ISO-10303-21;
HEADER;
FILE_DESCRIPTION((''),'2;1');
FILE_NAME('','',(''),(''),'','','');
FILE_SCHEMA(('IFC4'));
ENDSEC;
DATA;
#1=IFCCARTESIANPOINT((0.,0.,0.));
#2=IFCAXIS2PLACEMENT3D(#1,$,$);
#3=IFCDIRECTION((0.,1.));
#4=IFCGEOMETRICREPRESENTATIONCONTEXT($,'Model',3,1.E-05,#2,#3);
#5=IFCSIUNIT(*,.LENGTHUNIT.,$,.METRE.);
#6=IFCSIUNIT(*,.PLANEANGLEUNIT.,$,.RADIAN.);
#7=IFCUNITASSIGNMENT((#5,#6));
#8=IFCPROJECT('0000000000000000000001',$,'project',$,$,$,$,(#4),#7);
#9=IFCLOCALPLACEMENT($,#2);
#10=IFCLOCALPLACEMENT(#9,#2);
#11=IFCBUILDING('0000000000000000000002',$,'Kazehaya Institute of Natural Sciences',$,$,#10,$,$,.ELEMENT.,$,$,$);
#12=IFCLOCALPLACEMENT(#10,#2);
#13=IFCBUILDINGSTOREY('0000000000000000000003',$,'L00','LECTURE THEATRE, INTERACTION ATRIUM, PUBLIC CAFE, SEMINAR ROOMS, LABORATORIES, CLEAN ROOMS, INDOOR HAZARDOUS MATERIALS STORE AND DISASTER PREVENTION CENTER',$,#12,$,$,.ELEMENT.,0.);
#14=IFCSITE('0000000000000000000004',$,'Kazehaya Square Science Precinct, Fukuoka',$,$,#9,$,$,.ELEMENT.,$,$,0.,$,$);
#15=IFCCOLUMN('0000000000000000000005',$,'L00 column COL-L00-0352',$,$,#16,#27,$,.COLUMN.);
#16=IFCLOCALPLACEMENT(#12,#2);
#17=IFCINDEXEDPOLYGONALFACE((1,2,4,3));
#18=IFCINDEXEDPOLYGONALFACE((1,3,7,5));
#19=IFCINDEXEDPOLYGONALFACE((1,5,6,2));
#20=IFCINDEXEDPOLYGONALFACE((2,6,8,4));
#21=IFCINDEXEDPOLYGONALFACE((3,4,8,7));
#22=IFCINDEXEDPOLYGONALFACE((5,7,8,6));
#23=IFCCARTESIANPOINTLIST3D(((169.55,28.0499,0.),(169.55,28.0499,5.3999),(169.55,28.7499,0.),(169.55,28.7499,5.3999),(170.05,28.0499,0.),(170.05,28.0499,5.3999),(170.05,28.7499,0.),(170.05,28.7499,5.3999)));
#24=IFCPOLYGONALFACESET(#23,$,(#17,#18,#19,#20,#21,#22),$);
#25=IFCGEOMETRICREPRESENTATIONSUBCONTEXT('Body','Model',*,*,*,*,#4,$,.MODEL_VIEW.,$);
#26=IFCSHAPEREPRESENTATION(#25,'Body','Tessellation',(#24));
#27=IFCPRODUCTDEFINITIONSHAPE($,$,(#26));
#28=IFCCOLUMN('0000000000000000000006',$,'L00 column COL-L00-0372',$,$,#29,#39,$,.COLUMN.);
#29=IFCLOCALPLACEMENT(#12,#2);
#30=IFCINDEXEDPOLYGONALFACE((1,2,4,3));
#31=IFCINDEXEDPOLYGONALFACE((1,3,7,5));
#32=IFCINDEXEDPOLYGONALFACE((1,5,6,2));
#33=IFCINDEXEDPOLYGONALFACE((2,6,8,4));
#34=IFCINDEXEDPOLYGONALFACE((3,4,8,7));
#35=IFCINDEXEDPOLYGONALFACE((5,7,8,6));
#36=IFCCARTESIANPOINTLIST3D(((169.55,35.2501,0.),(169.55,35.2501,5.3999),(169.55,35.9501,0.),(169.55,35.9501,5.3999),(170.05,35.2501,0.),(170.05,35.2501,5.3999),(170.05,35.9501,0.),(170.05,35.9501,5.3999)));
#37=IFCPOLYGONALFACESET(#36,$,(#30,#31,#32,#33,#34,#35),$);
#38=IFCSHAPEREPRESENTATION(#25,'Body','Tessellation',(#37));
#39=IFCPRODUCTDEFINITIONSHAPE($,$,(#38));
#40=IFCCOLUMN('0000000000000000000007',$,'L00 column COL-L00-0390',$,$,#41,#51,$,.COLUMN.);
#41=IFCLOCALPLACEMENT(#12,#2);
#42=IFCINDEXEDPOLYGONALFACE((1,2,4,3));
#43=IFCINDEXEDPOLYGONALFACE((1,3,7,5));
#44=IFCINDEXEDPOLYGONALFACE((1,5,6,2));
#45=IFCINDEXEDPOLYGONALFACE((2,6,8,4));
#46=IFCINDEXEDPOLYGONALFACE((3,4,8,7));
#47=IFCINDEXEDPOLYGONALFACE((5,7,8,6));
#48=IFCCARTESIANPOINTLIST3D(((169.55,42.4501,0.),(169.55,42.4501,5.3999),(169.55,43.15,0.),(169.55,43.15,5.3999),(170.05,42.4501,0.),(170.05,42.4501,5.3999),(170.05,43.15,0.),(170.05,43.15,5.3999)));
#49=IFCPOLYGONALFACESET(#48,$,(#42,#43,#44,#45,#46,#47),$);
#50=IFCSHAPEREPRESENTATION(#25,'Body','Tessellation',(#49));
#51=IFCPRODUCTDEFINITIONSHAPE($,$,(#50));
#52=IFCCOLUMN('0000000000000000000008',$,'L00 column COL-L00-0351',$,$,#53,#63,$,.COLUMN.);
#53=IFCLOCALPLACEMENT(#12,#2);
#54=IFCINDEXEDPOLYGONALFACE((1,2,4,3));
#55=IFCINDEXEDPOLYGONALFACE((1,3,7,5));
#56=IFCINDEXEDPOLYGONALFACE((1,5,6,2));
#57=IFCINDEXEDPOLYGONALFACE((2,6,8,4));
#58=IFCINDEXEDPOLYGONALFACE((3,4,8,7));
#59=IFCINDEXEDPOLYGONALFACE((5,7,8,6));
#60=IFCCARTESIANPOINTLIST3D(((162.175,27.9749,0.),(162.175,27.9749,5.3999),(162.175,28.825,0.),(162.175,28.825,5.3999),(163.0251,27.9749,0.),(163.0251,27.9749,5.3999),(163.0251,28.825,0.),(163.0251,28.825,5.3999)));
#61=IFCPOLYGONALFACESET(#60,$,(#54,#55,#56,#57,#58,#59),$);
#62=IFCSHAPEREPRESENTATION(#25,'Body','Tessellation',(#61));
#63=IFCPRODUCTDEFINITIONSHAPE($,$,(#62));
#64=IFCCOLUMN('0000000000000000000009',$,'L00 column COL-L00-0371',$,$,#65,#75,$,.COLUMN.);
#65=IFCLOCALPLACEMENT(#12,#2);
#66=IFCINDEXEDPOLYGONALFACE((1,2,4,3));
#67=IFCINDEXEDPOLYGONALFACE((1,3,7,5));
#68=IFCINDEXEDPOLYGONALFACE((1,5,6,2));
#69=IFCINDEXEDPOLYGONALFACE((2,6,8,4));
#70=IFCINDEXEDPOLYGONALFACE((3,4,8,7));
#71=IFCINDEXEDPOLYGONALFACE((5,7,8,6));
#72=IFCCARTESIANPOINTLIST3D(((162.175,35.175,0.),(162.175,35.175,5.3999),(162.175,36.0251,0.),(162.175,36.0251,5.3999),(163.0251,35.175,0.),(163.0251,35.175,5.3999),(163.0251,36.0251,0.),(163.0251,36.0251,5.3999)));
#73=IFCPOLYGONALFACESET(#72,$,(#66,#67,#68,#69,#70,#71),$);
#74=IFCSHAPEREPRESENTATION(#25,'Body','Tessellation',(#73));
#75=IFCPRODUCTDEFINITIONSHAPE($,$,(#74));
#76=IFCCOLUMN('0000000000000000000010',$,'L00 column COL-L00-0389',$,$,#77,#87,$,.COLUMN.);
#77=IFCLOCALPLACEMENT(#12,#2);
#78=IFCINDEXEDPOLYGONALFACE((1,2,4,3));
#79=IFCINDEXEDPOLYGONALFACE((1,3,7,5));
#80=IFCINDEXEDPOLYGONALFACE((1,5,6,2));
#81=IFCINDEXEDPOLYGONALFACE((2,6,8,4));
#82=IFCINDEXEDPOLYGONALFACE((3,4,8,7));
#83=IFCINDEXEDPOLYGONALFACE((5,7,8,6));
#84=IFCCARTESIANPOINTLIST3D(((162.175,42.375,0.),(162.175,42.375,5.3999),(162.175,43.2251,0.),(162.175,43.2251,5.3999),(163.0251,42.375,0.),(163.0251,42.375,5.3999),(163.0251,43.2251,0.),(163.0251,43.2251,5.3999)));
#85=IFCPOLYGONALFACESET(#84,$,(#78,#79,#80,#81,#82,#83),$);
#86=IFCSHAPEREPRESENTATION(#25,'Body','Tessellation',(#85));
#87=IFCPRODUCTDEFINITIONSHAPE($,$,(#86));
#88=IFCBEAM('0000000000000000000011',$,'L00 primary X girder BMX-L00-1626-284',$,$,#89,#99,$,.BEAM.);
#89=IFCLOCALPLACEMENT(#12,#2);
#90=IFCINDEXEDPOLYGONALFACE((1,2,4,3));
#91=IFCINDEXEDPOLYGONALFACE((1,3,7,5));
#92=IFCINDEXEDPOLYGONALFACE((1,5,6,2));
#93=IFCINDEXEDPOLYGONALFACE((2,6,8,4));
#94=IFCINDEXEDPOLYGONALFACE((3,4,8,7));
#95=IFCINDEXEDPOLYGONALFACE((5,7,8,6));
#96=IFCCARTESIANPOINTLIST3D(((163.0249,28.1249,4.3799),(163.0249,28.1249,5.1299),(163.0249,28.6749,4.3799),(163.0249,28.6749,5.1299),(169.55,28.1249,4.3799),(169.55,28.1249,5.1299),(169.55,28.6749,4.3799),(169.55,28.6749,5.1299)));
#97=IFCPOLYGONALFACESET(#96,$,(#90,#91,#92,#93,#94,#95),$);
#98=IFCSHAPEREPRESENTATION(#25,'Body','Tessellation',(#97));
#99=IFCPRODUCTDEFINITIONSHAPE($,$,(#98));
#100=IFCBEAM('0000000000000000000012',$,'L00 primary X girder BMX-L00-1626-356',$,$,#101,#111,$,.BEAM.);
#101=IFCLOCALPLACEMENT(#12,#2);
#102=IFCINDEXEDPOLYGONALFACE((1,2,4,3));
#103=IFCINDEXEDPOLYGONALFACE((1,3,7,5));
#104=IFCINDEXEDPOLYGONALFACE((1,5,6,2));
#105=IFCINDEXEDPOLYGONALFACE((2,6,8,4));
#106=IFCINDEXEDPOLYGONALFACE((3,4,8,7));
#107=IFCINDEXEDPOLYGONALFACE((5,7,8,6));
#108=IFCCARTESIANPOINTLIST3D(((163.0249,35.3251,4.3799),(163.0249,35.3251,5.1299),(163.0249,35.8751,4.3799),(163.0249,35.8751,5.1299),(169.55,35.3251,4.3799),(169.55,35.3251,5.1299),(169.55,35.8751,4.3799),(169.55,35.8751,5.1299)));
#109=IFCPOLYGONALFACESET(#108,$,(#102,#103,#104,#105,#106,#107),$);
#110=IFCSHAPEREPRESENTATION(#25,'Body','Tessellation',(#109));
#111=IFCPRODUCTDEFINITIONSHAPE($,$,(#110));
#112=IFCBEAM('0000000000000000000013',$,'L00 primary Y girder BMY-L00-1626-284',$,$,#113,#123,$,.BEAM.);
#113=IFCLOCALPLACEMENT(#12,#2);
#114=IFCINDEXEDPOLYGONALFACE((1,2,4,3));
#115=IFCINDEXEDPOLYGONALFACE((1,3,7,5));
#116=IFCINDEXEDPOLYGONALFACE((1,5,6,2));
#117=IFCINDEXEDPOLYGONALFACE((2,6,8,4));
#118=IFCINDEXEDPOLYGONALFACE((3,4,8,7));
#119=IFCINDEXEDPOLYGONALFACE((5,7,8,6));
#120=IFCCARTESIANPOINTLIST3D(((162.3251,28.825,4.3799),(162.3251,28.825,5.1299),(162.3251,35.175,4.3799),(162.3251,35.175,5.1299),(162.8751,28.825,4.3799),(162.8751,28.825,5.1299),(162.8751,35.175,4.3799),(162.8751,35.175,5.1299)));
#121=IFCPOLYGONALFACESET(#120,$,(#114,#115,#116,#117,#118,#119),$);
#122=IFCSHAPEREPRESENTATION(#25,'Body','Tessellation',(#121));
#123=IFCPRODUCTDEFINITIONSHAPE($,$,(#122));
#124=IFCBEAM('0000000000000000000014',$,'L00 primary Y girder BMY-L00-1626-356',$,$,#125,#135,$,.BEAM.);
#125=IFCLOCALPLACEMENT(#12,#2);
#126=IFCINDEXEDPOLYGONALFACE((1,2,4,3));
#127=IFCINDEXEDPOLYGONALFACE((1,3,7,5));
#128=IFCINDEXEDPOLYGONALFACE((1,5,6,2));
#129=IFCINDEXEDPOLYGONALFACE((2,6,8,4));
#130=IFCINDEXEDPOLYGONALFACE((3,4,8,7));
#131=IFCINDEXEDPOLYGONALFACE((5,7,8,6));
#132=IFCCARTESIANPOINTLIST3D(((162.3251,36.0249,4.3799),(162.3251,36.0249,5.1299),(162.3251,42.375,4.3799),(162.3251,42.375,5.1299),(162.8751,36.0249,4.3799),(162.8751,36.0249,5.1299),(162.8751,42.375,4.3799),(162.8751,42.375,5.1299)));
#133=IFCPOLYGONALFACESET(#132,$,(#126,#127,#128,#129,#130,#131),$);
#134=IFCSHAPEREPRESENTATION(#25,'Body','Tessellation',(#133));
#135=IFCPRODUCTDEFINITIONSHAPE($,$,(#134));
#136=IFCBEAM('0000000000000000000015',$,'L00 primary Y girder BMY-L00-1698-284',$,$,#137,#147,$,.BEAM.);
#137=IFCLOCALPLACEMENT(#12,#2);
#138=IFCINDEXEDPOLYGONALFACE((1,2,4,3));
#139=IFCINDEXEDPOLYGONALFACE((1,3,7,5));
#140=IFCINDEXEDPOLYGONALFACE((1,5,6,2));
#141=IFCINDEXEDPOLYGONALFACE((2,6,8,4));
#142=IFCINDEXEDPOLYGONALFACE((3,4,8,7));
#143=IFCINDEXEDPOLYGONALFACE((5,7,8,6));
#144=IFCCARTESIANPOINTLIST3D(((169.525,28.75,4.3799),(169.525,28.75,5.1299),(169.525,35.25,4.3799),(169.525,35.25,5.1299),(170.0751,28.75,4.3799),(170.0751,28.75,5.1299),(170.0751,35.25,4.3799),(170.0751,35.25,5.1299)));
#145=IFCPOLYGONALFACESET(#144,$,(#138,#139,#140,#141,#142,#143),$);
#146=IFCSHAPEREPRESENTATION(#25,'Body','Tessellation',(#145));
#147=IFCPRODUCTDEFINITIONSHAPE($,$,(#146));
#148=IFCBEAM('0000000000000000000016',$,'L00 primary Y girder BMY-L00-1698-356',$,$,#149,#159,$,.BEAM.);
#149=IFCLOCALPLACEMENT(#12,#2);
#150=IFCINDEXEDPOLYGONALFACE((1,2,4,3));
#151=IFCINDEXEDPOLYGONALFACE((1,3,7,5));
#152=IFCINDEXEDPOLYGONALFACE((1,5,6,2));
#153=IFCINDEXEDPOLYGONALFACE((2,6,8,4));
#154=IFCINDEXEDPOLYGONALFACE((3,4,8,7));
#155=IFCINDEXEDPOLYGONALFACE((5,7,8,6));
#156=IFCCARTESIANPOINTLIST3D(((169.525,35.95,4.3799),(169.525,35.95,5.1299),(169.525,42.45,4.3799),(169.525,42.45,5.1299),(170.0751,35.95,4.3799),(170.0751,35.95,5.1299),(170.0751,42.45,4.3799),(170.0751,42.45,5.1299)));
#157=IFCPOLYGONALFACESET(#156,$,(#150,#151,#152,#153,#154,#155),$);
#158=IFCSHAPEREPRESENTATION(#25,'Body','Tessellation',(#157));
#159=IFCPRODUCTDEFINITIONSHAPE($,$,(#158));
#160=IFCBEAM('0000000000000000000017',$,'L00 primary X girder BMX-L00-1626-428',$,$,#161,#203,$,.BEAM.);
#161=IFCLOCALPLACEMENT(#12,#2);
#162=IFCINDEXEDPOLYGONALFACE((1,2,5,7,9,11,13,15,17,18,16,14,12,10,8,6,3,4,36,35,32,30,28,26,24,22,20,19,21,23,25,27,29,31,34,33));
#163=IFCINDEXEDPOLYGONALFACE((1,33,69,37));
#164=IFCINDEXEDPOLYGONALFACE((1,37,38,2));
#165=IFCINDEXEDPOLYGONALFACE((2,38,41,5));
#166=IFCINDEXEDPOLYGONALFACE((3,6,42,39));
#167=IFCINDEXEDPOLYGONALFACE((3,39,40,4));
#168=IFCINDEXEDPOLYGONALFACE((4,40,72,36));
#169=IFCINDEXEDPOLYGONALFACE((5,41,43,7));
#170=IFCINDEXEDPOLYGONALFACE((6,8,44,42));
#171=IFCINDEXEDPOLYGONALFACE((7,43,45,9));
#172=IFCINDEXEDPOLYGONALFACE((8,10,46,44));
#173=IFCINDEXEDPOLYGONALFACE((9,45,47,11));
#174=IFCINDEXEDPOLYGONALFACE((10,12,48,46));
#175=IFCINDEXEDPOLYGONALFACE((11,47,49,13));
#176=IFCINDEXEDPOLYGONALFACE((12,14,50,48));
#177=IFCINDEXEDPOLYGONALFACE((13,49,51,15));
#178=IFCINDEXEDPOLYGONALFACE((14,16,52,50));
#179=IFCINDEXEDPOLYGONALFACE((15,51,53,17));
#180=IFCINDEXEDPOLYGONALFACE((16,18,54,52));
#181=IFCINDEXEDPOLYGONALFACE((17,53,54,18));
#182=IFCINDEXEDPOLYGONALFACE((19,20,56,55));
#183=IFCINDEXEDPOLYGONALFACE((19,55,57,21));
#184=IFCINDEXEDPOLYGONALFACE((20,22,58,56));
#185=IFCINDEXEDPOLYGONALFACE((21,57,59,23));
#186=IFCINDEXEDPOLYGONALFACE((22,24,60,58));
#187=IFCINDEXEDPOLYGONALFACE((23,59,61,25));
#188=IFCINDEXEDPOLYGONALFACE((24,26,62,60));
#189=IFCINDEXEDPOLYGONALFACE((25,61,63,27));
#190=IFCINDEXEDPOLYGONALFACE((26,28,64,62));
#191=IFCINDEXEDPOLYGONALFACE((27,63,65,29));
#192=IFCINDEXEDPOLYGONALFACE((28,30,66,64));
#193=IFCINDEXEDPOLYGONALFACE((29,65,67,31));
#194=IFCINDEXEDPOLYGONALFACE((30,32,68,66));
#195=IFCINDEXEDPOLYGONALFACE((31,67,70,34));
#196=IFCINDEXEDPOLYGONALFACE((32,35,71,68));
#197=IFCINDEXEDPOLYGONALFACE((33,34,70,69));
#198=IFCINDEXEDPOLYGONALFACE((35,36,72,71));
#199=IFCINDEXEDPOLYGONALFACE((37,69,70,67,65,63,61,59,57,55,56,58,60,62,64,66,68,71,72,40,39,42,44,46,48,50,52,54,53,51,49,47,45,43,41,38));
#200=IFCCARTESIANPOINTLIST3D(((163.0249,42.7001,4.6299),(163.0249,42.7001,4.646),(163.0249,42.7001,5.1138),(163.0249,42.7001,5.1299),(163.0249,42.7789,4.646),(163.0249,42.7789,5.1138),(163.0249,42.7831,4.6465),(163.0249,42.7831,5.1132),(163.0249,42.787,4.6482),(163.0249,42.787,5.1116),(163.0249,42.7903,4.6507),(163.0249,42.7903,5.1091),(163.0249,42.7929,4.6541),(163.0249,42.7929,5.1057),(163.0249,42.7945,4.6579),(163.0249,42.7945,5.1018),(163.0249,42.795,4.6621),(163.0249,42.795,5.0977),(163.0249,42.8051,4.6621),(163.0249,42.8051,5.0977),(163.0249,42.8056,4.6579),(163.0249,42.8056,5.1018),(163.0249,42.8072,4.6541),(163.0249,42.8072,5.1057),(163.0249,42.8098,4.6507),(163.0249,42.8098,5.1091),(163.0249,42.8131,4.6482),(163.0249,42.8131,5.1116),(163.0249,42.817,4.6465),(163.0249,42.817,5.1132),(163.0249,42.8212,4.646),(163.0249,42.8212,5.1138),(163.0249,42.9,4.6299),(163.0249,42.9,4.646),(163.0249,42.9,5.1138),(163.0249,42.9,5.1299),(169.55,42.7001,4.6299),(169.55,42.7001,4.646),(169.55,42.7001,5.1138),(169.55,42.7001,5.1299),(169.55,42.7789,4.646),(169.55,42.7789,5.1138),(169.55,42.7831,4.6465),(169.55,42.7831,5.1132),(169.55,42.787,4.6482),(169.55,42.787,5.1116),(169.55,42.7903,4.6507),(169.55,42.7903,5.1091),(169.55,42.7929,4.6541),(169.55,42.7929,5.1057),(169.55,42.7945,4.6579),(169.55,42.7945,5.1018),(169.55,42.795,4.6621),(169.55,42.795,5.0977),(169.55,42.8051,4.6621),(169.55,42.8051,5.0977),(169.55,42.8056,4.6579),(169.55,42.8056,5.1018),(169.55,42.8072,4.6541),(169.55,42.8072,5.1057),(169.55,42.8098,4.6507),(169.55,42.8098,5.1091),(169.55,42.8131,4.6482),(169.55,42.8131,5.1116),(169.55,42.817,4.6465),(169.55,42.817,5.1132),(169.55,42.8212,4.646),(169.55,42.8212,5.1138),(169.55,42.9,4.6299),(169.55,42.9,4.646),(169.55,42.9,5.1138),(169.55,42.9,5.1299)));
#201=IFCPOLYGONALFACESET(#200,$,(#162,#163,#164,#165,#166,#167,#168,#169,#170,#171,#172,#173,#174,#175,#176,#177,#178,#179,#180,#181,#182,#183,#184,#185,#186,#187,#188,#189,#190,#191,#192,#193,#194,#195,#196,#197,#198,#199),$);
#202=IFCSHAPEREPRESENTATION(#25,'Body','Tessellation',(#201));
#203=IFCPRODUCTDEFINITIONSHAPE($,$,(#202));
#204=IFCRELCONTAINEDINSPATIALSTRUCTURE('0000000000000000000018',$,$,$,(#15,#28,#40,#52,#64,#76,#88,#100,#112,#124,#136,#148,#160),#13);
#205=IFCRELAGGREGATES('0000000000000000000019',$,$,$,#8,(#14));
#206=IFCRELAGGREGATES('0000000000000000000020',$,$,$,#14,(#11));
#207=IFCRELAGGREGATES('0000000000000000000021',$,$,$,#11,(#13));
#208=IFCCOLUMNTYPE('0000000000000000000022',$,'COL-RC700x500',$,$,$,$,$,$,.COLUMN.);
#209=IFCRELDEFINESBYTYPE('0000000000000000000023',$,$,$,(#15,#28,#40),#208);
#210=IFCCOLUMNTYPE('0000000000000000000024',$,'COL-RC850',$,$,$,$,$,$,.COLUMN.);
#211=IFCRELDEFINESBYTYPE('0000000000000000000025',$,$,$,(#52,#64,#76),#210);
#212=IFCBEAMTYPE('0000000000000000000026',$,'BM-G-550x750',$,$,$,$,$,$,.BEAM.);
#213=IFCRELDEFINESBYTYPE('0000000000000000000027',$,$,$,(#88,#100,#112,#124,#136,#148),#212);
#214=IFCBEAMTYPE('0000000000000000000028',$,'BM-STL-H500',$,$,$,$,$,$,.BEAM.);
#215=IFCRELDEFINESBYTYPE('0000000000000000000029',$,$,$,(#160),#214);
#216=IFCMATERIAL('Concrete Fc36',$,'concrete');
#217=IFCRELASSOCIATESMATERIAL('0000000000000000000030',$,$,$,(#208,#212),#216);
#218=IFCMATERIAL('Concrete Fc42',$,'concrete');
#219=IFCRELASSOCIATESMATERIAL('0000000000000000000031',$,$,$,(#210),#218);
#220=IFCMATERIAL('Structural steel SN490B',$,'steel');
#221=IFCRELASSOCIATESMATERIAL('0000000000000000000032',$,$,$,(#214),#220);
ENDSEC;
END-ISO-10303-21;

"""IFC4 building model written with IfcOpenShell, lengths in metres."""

from ifc_helpers import new_model, si_unit, direction, frame, origin, origin_2d, place, context, subcontext, project, spatial, rectangle, i_section, extrude, material, material_profile, profile_set, type_object, element, save


model = new_model("IFC4")

# Units and contexts
model_context = context("Model", 3, precision=1e-05, world=origin(), true_north=direction((0.0, 1.0)))
body_context = subcontext(model_context, "Body", "Model", "MODEL_VIEW")
ifc_project = project(units=[si_unit("LENGTHUNIT", "METRE"), si_unit("PLANEANGLEUNIT", "RADIAN")], contexts=[model_context])

# Site, building, storey
site_placement = place(None, origin())
site = spatial("IfcSite", under=ifc_project, at=site_placement, Name="Kazehaya Square Science Precinct, Fukuoka", CompositionType="ELEMENT", RefElevation=0.0)
building_placement = place(site_placement, origin())
building = spatial("IfcBuilding", under=site, at=building_placement, Name="Kazehaya Institute of Natural Sciences", CompositionType="ELEMENT")
storey_placement = place(building_placement, origin())
storey = spatial("IfcBuildingStorey", under=building, at=storey_placement, Name="L00", Description="LECTURE THEATRE, INTERACTION ATRIUM, PUBLIC CAFE, SEMINAR ROOMS, LABORATORIES, CLEAN ROOMS, INDOOR HAZARDOUS MATERIALS STORE AND DISASTER PREVENTION CENTER", CompositionType="ELEMENT", Elevation=0.0)

# Columns
ifc_material_1 = material(Name="Concrete Fc36", Category="concrete")
ifc_material_profile_1 = material_profile(ifc_material_1, rectangle(XDim=0.5, YDim=0.7, at=origin_2d()), Name="RC-700x500")
ifc_profile_set_1 = profile_set([ifc_material_profile_1], Name="Concrete Fc36")
column_type_1 = type_object("IfcColumnType", Name="COL-RC700x500", PredefinedType="COLUMN", material=ifc_profile_set_1)
for number, where, z_axis, x_axis, name in (
    (1, (169.8, 28.3999, 0.0), (0.0, 0.0, 1.0), (1.0, 0.0, 0.0), "L00 column COL-L00-0352"),
    (2, (169.8, 35.6001, 0.0), (0.0, 0.0, 1.0), (1.0, 0.0, 0.0), "L00 column COL-L00-0372"),
    (3, (169.8, 42.8, 0.0), (0.0, 0.0, 1.0), (1.0, 0.0, 0.0), "L00 column COL-L00-0390"),
):
    element("IfcColumn", number, at=place(storey_placement, frame(where, z_axis=z_axis, x_axis=x_axis)), inside=storey, type_object=column_type_1, Name=name, PredefinedType="COLUMN", context=body_context, shape_type="SweptSolid", body=[
        extrude(rectangle(XDim=0.5, YDim=0.7, at=origin_2d()), origin(), (0.0, 0.0, 1.0), 5.3999),
    ])
ifc_material_2 = material(Name="Concrete Fc42", Category="concrete")
ifc_material_profile_2 = material_profile(ifc_material_2, rectangle(XDim=0.8501, YDim=0.8501, at=origin_2d()), Name="RC-850x850")
ifc_profile_set_2 = profile_set([ifc_material_profile_2], Name="Concrete Fc42")
column_type_2 = type_object("IfcColumnType", Name="COL-RC850", PredefinedType="COLUMN", material=ifc_profile_set_2)
for number, where, z_axis, x_axis, name in (
    (4, (162.6001, 28.3999, 0.0), (0.0, 0.0, 1.0), (1.0, 0.0, 0.0), "L00 column COL-L00-0351"),
    (5, (162.6001, 35.6001, 0.0), (0.0, 0.0, 1.0), (1.0, 0.0, 0.0), "L00 column COL-L00-0371"),
    (6, (162.6001, 42.8, 0.0), (0.0, 0.0, 1.0), (1.0, 0.0, 0.0), "L00 column COL-L00-0389"),
):
    element("IfcColumn", number, at=place(storey_placement, frame(where, z_axis=z_axis, x_axis=x_axis)), inside=storey, type_object=column_type_2, Name=name, PredefinedType="COLUMN", context=body_context, shape_type="SweptSolid", body=[
        extrude(rectangle(XDim=0.8501, YDim=0.8501, at=origin_2d()), origin(), (0.0, 0.0, 1.0), 5.3999),
    ])

# Beams
ifc_material_profile_3 = material_profile(ifc_material_1, rectangle(XDim=0.55, YDim=0.75, at=origin_2d()), Name="RC-550x750")
ifc_profile_set_3 = profile_set([ifc_material_profile_3], Name="Concrete Fc36")
beam_type_1 = type_object("IfcBeamType", Name="BM-G-550x750", PredefinedType="BEAM", material=ifc_profile_set_3)
for number, where, z_axis, x_axis, name in (
    (7, (163.0249, 28.3999, 4.7549), (1.0, 0.0, 0.0), (0.0, 1.0, 0.0), "L00 primary X girder BMX-L00-1626-284"),
    (8, (163.0249, 35.6001, 4.7549), (1.0, 0.0, 0.0), (0.0, 1.0, 0.0), "L00 primary X girder BMX-L00-1626-356"),
):
    element("IfcBeam", number, at=place(storey_placement, frame(where, z_axis=z_axis, x_axis=x_axis)), inside=storey, type_object=beam_type_1, Name=name, PredefinedType="BEAM", context=body_context, shape_type="SweptSolid", body=[
        extrude(rectangle(XDim=0.55, YDim=0.75, at=origin_2d()), origin(), (0.0, 0.0, 1.0), 6.5251),
    ])
for number, where, z_axis, x_axis, name in (
    (9, (162.6001, 28.825, 4.7549), (0.0, 1.0, 0.0), (-1.0, 0.0, 0.0), "L00 primary Y girder BMY-L00-1626-284"),
    (10, (162.6001, 36.0249, 4.7549), (0.0, 1.0, 0.0), (-1.0, 0.0, 0.0), "L00 primary Y girder BMY-L00-1626-356"),
):
    element("IfcBeam", number, at=place(storey_placement, frame(where, z_axis=z_axis, x_axis=x_axis)), inside=storey, type_object=beam_type_1, Name=name, PredefinedType="BEAM", context=body_context, shape_type="SweptSolid", body=[
        extrude(rectangle(XDim=0.55, YDim=0.75, at=origin_2d()), origin(), (0.0, 0.0, 1.0), 6.3501),
    ])
for number, where, z_axis, x_axis, name in (
    (11, (169.8, 28.75, 4.7549), (0.0, 1.0, 0.0), (-1.0, 0.0, 0.0), "L00 primary Y girder BMY-L00-1698-284"),
    (12, (169.8, 35.95, 4.7549), (0.0, 1.0, 0.0), (-1.0, 0.0, 0.0), "L00 primary Y girder BMY-L00-1698-356"),
):
    element("IfcBeam", number, at=place(storey_placement, frame(where, z_axis=z_axis, x_axis=x_axis)), inside=storey, type_object=beam_type_1, Name=name, PredefinedType="BEAM", context=body_context, shape_type="SweptSolid", body=[
        extrude(rectangle(XDim=0.55, YDim=0.75, at=origin_2d()), origin(), (0.0, 0.0, 1.0), 6.5),
    ])
ifc_material_3 = material(Name="Structural steel SN490B", Category="steel")
ifc_material_profile_4 = material_profile(ifc_material_3, i_section(OverallWidth=0.2, OverallDepth=0.5, WebThickness=0.01, FlangeThickness=0.0161, FilletRadius=0.0161, at=origin_2d()), Name="H-500x200x10x16")
ifc_profile_set_4 = profile_set([ifc_material_profile_4], Name="Structural steel SN490B")
beam_type_2 = type_object("IfcBeamType", Name="BM-STL-H500", PredefinedType="BEAM", material=ifc_profile_set_4)
beam_placement = place(storey_placement, frame((163.0249, 42.8, 4.8799), z_axis=(1.0, 0.0, 0.0), x_axis=(0.0, 1.0, 0.0)))
element("IfcBeam", 13, at=beam_placement, inside=storey, type_object=beam_type_2, Name="L00 primary X girder BMX-L00-1626-428", PredefinedType="BEAM", context=body_context, shape_type="SweptSolid", body=[
    extrude(i_section(OverallWidth=0.2, OverallDepth=0.5, WebThickness=0.01, FlangeThickness=0.0161, FilletRadius=0.0161, at=origin_2d()), origin(), (0.0, 0.0, 1.0), 6.5251),
])

save(model, "model.ifc")
